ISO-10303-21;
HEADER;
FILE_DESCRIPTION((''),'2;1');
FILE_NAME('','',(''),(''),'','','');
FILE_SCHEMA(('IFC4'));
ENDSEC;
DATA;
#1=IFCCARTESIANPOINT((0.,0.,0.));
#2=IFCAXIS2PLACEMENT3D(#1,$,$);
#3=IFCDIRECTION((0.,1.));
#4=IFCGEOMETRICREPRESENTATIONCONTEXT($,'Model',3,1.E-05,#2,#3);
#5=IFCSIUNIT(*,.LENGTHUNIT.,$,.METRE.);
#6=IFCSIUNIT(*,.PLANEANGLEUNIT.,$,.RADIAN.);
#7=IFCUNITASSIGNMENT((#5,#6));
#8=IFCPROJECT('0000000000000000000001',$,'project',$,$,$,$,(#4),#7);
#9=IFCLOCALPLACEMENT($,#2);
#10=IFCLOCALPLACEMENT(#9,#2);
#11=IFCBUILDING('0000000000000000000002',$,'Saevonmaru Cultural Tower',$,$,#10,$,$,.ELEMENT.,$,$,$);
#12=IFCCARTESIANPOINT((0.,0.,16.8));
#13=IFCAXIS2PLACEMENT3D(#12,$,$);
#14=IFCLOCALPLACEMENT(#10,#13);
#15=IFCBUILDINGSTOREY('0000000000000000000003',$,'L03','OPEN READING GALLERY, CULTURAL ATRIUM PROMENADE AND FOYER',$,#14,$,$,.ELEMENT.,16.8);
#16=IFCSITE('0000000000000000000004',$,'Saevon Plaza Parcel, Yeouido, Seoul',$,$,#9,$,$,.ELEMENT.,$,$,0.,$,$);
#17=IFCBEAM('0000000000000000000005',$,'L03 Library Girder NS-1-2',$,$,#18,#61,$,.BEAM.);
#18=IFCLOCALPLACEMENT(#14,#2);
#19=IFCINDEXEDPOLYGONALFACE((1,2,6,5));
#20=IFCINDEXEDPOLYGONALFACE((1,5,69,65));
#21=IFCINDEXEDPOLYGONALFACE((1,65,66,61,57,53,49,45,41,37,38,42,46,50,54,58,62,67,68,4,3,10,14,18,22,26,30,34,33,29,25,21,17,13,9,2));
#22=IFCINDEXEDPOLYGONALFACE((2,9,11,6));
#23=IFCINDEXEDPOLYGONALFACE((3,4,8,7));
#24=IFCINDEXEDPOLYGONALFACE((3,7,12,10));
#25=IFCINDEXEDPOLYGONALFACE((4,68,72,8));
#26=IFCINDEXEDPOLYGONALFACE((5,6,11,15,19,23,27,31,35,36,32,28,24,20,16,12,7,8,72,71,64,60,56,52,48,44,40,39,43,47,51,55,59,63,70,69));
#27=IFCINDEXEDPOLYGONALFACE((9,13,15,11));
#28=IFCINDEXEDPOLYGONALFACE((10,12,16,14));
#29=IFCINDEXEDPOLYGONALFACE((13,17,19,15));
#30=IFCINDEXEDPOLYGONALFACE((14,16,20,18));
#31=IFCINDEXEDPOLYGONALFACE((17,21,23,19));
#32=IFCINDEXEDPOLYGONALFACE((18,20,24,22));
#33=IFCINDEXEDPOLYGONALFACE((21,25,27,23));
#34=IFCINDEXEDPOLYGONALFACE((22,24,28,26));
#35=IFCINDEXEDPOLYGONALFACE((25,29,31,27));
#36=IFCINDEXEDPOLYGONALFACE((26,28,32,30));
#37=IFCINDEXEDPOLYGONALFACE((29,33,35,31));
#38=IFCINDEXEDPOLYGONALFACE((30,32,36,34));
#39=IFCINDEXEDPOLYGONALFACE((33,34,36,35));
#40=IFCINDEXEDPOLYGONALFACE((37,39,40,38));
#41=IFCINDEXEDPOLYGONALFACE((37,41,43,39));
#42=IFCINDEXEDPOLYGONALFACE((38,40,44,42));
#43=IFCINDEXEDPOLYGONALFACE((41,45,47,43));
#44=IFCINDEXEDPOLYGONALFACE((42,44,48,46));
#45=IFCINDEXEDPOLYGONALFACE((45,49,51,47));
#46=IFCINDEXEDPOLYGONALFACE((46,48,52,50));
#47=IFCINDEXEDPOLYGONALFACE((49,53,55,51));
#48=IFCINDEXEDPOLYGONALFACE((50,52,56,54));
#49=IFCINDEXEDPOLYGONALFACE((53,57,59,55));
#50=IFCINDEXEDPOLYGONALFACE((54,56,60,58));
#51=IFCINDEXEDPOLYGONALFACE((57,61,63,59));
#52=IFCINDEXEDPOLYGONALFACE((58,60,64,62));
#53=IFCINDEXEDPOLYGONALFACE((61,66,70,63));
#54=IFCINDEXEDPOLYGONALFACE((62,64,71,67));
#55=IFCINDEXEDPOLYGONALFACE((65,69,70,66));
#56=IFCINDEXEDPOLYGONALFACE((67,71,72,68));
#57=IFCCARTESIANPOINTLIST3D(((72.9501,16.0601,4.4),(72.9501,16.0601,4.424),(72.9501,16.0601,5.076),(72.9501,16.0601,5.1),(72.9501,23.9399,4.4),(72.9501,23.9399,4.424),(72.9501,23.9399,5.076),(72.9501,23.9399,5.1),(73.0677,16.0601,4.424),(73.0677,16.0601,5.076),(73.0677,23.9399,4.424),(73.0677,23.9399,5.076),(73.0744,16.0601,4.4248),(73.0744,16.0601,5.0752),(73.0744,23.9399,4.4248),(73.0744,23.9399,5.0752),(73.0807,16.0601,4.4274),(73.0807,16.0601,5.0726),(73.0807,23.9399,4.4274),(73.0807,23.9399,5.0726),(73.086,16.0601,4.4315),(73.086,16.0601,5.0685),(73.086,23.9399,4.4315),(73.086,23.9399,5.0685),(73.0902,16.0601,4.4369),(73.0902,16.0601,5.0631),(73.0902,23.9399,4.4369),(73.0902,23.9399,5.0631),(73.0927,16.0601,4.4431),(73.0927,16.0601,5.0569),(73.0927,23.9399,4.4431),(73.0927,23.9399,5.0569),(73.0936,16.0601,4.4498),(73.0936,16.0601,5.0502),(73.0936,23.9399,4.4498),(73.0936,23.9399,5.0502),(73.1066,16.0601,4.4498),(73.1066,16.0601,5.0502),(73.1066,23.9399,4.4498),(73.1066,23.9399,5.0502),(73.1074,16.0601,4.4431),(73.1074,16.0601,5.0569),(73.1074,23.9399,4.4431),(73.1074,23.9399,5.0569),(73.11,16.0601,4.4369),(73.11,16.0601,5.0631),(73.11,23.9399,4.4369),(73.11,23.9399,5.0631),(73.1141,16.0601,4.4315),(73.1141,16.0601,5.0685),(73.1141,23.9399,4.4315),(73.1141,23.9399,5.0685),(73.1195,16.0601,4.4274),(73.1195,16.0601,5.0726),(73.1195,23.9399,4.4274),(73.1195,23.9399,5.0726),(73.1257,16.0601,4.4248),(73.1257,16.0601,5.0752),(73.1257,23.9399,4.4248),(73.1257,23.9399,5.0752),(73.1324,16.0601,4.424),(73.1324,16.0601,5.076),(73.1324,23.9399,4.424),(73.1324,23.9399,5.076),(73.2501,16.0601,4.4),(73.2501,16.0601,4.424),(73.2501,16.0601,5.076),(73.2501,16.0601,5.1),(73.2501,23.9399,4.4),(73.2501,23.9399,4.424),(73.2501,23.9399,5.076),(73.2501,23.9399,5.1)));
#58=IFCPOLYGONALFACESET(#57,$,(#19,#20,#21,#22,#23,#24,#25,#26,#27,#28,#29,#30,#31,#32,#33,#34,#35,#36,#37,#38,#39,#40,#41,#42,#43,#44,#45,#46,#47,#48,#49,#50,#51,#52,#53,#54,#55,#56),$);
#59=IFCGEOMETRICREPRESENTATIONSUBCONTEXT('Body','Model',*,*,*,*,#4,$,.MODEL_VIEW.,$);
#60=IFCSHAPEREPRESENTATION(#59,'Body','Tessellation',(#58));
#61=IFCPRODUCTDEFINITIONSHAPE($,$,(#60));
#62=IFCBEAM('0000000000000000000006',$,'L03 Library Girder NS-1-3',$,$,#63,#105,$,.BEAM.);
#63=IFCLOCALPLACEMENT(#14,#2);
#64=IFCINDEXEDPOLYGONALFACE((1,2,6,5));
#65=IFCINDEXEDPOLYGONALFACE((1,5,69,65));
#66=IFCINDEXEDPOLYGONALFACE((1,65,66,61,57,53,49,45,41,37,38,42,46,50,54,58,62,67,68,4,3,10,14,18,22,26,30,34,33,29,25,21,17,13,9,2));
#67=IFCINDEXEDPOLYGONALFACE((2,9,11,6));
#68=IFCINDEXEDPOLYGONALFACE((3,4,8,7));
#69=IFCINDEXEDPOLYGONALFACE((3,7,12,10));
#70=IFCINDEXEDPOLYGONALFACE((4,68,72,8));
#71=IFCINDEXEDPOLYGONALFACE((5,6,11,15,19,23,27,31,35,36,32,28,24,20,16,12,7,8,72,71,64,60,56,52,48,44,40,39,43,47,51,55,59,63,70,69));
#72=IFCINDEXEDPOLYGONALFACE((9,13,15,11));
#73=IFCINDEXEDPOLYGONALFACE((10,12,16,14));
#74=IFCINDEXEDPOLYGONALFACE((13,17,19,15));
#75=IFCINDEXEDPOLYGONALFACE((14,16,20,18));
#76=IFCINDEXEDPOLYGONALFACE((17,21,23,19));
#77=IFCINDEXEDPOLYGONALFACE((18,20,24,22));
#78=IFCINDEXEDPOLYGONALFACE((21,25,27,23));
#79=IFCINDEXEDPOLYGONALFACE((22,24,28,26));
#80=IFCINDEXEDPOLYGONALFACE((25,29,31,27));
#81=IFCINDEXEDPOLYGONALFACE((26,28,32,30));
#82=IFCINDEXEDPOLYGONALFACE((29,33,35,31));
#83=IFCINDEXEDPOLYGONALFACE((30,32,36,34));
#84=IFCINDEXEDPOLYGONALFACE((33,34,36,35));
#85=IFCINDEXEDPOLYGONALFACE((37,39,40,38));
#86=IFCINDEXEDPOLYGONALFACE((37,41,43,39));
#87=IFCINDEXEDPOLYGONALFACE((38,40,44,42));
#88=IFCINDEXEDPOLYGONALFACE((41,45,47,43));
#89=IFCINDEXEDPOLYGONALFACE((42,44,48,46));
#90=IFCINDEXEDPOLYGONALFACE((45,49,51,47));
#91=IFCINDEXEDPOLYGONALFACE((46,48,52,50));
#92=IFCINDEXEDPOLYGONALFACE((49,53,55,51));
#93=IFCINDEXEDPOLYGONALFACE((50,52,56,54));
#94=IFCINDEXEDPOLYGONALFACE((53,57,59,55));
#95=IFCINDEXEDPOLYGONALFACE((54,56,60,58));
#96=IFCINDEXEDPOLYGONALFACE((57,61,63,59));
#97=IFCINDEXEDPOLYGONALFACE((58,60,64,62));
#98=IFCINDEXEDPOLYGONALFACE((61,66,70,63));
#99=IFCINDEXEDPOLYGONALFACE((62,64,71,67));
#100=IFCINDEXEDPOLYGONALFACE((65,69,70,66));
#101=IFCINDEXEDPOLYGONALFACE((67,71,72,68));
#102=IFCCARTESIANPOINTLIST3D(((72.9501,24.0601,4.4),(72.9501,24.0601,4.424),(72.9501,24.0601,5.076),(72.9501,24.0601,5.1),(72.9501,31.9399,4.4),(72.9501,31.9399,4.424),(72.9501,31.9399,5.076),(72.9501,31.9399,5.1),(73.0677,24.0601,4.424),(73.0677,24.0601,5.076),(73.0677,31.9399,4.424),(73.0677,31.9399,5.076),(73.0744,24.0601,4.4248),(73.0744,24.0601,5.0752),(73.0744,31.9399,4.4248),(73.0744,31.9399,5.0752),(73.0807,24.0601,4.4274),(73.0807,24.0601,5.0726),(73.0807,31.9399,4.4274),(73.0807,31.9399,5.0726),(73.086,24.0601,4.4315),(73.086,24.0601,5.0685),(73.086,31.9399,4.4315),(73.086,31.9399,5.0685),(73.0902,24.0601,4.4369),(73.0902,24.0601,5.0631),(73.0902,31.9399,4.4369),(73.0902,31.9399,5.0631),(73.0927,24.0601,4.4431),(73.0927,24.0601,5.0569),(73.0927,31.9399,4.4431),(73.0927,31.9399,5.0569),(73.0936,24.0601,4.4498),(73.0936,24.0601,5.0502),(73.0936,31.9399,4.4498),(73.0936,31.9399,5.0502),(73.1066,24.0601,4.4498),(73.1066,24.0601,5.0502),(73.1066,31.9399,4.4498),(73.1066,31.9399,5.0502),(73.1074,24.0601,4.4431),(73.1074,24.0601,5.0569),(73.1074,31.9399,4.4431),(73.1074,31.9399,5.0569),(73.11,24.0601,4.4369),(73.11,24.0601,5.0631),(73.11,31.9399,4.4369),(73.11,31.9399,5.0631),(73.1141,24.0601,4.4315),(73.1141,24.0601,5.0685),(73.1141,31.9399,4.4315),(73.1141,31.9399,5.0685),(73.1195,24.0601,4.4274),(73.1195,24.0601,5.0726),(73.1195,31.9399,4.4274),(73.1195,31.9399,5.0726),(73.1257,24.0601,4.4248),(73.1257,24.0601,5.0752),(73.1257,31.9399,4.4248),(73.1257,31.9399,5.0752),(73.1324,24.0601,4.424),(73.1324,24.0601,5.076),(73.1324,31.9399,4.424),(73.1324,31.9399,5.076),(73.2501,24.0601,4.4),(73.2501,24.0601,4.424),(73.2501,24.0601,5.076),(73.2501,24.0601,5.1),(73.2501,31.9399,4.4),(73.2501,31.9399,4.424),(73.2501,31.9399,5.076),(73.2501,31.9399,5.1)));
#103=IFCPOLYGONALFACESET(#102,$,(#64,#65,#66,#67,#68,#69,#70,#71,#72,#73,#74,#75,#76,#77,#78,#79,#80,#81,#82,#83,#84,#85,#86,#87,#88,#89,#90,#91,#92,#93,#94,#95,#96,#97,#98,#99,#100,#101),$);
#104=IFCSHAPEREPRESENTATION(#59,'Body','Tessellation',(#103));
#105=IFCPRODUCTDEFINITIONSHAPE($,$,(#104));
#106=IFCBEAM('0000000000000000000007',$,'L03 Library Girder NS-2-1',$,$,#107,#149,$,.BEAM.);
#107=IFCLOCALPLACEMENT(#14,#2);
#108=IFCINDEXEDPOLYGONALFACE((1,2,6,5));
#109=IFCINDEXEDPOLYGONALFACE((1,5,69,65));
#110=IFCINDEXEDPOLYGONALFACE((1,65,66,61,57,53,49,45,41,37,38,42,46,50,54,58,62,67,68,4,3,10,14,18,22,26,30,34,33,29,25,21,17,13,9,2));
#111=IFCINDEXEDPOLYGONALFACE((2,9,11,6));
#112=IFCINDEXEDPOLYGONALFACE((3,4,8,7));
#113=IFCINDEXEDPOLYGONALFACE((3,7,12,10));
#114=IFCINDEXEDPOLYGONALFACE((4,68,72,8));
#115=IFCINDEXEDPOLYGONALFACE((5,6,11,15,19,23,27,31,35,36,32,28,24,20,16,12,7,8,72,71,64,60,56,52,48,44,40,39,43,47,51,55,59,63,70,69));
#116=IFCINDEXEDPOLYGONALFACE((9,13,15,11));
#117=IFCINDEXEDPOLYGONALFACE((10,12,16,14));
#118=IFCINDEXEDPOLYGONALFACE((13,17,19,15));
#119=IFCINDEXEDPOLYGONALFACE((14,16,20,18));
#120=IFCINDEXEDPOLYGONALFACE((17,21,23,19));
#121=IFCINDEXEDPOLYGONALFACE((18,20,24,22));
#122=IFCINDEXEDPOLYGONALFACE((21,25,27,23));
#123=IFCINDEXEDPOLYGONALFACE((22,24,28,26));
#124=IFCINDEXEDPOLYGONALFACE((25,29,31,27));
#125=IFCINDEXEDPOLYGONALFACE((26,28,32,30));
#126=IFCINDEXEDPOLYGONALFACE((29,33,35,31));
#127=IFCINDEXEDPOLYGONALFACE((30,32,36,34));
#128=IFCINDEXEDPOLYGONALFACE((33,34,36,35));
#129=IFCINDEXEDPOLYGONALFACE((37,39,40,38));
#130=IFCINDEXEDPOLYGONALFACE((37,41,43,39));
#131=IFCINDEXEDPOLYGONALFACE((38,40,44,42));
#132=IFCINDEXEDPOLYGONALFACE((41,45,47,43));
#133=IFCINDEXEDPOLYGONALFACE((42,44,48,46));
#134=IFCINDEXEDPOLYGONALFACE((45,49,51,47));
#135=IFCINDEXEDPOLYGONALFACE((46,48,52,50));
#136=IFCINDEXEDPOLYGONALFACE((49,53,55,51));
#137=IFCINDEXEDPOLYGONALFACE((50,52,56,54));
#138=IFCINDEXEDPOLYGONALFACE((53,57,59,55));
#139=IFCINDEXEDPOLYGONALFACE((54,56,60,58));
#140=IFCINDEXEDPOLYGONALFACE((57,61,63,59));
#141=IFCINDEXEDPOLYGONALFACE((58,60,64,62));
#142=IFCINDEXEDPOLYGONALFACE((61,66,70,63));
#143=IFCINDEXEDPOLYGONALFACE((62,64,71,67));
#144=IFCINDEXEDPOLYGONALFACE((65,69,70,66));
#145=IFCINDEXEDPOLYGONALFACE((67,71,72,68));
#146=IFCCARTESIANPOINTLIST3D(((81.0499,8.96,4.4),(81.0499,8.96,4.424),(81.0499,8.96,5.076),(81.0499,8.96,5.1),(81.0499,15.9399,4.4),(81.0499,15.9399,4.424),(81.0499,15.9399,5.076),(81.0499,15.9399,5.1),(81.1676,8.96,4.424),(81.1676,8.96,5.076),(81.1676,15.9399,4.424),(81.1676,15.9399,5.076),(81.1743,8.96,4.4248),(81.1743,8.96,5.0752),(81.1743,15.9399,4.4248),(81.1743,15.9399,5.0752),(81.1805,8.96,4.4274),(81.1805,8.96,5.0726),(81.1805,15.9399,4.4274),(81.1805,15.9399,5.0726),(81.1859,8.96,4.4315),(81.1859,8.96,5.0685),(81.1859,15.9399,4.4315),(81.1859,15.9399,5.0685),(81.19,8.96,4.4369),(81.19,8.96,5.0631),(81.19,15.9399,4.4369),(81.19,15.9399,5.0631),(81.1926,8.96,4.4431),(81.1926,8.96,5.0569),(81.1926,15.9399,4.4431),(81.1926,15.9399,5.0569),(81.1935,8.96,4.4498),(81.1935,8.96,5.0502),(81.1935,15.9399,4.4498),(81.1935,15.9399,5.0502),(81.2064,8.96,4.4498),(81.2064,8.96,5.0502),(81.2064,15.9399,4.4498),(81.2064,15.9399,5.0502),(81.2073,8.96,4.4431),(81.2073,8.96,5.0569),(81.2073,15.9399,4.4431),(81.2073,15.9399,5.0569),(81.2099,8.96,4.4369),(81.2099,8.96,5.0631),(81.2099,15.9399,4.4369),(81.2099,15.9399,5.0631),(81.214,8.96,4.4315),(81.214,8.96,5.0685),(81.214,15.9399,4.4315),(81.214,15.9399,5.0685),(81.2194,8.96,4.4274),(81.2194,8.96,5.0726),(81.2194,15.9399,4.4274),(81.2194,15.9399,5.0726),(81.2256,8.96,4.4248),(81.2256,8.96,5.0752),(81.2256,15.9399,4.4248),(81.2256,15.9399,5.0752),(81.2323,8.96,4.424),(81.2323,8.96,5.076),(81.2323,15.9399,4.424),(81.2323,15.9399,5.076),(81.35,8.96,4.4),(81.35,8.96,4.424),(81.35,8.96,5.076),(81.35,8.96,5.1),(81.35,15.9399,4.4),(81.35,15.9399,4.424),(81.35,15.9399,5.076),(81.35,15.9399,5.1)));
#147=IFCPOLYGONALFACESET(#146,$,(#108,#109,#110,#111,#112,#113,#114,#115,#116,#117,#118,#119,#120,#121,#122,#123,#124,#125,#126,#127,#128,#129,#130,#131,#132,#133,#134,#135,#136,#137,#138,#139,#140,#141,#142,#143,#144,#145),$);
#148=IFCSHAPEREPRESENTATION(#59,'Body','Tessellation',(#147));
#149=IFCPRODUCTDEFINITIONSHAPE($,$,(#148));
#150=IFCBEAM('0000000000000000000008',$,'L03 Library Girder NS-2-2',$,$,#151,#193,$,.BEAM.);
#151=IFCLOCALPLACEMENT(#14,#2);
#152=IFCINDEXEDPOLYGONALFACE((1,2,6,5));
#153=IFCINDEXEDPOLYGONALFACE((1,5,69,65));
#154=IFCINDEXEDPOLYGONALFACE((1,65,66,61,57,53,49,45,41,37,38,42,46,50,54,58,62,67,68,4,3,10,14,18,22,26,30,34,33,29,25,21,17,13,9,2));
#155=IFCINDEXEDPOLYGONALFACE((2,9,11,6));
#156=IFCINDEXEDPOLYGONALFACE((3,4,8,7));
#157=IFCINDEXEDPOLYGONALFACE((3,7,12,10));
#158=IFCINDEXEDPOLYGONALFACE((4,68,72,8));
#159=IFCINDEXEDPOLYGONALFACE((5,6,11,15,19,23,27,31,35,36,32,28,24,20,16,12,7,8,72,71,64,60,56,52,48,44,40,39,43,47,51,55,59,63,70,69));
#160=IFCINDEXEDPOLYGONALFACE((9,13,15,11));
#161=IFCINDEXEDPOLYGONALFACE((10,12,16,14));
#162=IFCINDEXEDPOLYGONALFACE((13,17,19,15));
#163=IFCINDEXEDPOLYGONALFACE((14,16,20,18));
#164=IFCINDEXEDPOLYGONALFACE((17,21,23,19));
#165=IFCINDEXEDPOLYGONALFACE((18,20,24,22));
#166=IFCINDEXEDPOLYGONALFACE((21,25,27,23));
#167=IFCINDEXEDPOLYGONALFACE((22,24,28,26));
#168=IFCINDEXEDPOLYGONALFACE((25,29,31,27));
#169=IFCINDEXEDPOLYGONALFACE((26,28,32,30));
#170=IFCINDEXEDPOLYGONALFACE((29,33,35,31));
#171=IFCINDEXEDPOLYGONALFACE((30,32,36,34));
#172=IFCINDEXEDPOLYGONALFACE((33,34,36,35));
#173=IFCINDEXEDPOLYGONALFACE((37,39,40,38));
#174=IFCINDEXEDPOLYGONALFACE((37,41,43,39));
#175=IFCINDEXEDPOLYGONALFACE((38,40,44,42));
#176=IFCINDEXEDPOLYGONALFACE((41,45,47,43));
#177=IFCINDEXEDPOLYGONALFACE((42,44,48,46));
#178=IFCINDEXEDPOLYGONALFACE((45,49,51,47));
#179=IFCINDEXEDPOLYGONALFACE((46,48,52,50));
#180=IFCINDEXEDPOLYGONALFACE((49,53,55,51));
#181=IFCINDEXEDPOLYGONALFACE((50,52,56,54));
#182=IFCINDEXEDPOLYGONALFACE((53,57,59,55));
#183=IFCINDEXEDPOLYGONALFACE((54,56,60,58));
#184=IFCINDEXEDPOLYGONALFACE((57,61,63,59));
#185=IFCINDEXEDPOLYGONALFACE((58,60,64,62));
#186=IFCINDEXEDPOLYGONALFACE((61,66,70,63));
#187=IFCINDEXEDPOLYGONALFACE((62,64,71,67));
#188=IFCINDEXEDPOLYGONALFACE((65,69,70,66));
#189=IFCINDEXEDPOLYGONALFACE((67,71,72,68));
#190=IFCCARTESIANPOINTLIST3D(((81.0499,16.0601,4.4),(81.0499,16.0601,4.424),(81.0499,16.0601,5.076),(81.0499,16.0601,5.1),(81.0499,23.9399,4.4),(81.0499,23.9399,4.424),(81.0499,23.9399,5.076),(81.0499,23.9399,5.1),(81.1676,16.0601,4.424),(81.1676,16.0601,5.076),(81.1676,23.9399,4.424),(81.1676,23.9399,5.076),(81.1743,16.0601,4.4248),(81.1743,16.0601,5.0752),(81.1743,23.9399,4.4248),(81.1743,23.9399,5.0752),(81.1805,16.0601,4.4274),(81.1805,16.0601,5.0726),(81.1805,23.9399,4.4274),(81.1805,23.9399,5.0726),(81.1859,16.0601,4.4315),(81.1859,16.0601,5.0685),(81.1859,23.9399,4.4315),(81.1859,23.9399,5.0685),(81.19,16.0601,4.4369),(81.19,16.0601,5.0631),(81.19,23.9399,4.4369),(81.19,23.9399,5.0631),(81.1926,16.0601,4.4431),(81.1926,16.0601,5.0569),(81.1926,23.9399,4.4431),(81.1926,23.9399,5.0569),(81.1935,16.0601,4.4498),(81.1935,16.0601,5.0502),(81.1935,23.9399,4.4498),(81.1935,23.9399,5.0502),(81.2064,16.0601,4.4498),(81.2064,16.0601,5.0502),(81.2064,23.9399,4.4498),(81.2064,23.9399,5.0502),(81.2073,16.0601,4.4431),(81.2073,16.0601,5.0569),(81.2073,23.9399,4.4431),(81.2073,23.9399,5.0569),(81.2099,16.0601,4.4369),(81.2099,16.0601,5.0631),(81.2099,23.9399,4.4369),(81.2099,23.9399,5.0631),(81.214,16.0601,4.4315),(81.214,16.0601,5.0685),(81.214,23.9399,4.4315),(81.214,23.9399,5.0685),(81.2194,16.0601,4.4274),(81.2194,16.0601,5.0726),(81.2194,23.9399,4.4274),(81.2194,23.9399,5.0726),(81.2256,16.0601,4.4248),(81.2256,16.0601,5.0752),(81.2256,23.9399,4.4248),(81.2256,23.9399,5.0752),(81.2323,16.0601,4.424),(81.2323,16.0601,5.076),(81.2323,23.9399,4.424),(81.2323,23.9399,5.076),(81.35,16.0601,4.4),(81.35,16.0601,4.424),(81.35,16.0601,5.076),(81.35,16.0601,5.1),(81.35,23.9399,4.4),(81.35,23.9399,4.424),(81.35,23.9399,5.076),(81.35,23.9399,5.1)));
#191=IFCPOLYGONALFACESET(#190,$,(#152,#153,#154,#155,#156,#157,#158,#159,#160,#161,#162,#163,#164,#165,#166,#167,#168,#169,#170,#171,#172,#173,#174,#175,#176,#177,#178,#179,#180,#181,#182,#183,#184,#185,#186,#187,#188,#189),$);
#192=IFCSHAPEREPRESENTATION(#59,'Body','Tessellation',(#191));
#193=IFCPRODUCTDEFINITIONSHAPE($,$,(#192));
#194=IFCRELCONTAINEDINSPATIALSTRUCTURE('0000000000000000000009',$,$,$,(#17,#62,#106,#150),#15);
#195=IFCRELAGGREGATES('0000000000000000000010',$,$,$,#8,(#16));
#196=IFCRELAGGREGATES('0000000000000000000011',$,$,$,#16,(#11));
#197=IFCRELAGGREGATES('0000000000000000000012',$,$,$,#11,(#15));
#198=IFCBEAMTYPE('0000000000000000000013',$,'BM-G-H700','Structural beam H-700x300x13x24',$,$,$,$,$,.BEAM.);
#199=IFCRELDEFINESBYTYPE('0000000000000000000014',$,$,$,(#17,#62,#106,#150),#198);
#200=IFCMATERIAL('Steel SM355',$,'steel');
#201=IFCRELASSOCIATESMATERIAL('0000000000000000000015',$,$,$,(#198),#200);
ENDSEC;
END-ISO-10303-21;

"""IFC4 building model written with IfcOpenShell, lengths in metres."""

from ifc_helpers import new_model, si_unit, direction, frame, origin, origin_2d, place, context, subcontext, project, spatial, i_section, extrude, material, material_profile, profile_set, type_object, element, save


model = new_model("IFC4")

# Units and contexts
model_context = context("Model", 3, precision=1e-05, world=origin(), true_north=direction((0.0, 1.0)))
body_context = subcontext(model_context, "Body", "Model", "MODEL_VIEW")
ifc_project = project(units=[si_unit("LENGTHUNIT", "METRE"), si_unit("PLANEANGLEUNIT", "RADIAN")], contexts=[model_context])

# Site, building, storey
site_placement = place(None, origin())
site = spatial("IfcSite", under=ifc_project, at=site_placement, Name="Saevon Plaza Parcel, Yeouido, Seoul", CompositionType="ELEMENT", RefElevation=0.0)
building_placement = place(site_placement, origin())
building = spatial("IfcBuilding", under=site, at=building_placement, Name="Saevonmaru Cultural Tower", CompositionType="ELEMENT")
storey_placement = place(building_placement, frame((0.0, 0.0, 16.8)))
storey = spatial("IfcBuildingStorey", under=building, at=storey_placement, Name="L03", Description="OPEN READING GALLERY, CULTURAL ATRIUM PROMENADE AND FOYER", CompositionType="ELEMENT", Elevation=16.8)

# Shared definitions
ifc_material_1 = material(Name="Steel SM355", Category="steel")

# Beams
ifc_material_profile_1 = material_profile(ifc_material_1, i_section(OverallWidth=0.3, OverallDepth=0.7, WebThickness=0.0129, FlangeThickness=0.0239, FilletRadius=0.0259, at=origin_2d()), Name="H-700x300x13x24")
ifc_profile_set_1 = profile_set([ifc_material_profile_1], Name="Steel SM355")
beam_type_1 = type_object("IfcBeamType", Name="BM-G-H700", Description="Structural beam H-700x300x13x24", PredefinedType="BEAM", material=ifc_profile_set_1)
for number, where, z_axis, x_axis, name in (
    (1, (73.1001, 16.0601, 4.75), (0.0, 1.0, 0.0), (-1.0, 0.0, 0.0), "L03 Library Girder NS-1-2"),
    (2, (73.1001, 24.0601, 4.75), (0.0, 1.0, 0.0), (-1.0, 0.0, 0.0), "L03 Library Girder NS-1-3"),
):
    element("IfcBeam", number, at=place(storey_placement, frame(where, z_axis=z_axis, x_axis=x_axis)), inside=storey, type_object=beam_type_1, Name=name, PredefinedType="BEAM", context=body_context, shape_type="SweptSolid", body=[
        extrude(i_section(OverallWidth=0.3, OverallDepth=0.7, WebThickness=0.0129, FlangeThickness=0.0239, FilletRadius=0.0259, at=origin_2d()), origin(), (0.0, 0.0, 1.0), 7.8799),
    ])
beam_1_placement = place(storey_placement, frame((81.2, 8.96, 4.75), z_axis=(0.0, 1.0, 0.0), x_axis=(-1.0, 0.0, 0.0)))
element("IfcBeam", 3, at=beam_1_placement, inside=storey, type_object=beam_type_1, Name="L03 Library Girder NS-2-1", PredefinedType="BEAM", context=body_context, shape_type="SweptSolid", body=[
    extrude(i_section(OverallWidth=0.3, OverallDepth=0.7, WebThickness=0.0129, FlangeThickness=0.0239, FilletRadius=0.0259, at=origin_2d()), origin(), (0.0, 0.0, 1.0), 6.98),
])
for number, where, z_axis, x_axis, name in (
    (4, (81.2, 16.0601, 4.75), (0.0, 1.0, 0.0), (-1.0, 0.0, 0.0), "L03 Library Girder NS-2-2"),
):
    element("IfcBeam", number, at=place(storey_placement, frame(where, z_axis=z_axis, x_axis=x_axis)), inside=storey, type_object=beam_type_1, Name=name, PredefinedType="BEAM", context=body_context, shape_type="SweptSolid", body=[
        extrude(i_section(OverallWidth=0.3, OverallDepth=0.7, WebThickness=0.0129, FlangeThickness=0.0239, FilletRadius=0.0259, at=origin_2d()), origin(), (0.0, 0.0, 1.0), 7.8799),
    ])

save(model, "model.ifc")
